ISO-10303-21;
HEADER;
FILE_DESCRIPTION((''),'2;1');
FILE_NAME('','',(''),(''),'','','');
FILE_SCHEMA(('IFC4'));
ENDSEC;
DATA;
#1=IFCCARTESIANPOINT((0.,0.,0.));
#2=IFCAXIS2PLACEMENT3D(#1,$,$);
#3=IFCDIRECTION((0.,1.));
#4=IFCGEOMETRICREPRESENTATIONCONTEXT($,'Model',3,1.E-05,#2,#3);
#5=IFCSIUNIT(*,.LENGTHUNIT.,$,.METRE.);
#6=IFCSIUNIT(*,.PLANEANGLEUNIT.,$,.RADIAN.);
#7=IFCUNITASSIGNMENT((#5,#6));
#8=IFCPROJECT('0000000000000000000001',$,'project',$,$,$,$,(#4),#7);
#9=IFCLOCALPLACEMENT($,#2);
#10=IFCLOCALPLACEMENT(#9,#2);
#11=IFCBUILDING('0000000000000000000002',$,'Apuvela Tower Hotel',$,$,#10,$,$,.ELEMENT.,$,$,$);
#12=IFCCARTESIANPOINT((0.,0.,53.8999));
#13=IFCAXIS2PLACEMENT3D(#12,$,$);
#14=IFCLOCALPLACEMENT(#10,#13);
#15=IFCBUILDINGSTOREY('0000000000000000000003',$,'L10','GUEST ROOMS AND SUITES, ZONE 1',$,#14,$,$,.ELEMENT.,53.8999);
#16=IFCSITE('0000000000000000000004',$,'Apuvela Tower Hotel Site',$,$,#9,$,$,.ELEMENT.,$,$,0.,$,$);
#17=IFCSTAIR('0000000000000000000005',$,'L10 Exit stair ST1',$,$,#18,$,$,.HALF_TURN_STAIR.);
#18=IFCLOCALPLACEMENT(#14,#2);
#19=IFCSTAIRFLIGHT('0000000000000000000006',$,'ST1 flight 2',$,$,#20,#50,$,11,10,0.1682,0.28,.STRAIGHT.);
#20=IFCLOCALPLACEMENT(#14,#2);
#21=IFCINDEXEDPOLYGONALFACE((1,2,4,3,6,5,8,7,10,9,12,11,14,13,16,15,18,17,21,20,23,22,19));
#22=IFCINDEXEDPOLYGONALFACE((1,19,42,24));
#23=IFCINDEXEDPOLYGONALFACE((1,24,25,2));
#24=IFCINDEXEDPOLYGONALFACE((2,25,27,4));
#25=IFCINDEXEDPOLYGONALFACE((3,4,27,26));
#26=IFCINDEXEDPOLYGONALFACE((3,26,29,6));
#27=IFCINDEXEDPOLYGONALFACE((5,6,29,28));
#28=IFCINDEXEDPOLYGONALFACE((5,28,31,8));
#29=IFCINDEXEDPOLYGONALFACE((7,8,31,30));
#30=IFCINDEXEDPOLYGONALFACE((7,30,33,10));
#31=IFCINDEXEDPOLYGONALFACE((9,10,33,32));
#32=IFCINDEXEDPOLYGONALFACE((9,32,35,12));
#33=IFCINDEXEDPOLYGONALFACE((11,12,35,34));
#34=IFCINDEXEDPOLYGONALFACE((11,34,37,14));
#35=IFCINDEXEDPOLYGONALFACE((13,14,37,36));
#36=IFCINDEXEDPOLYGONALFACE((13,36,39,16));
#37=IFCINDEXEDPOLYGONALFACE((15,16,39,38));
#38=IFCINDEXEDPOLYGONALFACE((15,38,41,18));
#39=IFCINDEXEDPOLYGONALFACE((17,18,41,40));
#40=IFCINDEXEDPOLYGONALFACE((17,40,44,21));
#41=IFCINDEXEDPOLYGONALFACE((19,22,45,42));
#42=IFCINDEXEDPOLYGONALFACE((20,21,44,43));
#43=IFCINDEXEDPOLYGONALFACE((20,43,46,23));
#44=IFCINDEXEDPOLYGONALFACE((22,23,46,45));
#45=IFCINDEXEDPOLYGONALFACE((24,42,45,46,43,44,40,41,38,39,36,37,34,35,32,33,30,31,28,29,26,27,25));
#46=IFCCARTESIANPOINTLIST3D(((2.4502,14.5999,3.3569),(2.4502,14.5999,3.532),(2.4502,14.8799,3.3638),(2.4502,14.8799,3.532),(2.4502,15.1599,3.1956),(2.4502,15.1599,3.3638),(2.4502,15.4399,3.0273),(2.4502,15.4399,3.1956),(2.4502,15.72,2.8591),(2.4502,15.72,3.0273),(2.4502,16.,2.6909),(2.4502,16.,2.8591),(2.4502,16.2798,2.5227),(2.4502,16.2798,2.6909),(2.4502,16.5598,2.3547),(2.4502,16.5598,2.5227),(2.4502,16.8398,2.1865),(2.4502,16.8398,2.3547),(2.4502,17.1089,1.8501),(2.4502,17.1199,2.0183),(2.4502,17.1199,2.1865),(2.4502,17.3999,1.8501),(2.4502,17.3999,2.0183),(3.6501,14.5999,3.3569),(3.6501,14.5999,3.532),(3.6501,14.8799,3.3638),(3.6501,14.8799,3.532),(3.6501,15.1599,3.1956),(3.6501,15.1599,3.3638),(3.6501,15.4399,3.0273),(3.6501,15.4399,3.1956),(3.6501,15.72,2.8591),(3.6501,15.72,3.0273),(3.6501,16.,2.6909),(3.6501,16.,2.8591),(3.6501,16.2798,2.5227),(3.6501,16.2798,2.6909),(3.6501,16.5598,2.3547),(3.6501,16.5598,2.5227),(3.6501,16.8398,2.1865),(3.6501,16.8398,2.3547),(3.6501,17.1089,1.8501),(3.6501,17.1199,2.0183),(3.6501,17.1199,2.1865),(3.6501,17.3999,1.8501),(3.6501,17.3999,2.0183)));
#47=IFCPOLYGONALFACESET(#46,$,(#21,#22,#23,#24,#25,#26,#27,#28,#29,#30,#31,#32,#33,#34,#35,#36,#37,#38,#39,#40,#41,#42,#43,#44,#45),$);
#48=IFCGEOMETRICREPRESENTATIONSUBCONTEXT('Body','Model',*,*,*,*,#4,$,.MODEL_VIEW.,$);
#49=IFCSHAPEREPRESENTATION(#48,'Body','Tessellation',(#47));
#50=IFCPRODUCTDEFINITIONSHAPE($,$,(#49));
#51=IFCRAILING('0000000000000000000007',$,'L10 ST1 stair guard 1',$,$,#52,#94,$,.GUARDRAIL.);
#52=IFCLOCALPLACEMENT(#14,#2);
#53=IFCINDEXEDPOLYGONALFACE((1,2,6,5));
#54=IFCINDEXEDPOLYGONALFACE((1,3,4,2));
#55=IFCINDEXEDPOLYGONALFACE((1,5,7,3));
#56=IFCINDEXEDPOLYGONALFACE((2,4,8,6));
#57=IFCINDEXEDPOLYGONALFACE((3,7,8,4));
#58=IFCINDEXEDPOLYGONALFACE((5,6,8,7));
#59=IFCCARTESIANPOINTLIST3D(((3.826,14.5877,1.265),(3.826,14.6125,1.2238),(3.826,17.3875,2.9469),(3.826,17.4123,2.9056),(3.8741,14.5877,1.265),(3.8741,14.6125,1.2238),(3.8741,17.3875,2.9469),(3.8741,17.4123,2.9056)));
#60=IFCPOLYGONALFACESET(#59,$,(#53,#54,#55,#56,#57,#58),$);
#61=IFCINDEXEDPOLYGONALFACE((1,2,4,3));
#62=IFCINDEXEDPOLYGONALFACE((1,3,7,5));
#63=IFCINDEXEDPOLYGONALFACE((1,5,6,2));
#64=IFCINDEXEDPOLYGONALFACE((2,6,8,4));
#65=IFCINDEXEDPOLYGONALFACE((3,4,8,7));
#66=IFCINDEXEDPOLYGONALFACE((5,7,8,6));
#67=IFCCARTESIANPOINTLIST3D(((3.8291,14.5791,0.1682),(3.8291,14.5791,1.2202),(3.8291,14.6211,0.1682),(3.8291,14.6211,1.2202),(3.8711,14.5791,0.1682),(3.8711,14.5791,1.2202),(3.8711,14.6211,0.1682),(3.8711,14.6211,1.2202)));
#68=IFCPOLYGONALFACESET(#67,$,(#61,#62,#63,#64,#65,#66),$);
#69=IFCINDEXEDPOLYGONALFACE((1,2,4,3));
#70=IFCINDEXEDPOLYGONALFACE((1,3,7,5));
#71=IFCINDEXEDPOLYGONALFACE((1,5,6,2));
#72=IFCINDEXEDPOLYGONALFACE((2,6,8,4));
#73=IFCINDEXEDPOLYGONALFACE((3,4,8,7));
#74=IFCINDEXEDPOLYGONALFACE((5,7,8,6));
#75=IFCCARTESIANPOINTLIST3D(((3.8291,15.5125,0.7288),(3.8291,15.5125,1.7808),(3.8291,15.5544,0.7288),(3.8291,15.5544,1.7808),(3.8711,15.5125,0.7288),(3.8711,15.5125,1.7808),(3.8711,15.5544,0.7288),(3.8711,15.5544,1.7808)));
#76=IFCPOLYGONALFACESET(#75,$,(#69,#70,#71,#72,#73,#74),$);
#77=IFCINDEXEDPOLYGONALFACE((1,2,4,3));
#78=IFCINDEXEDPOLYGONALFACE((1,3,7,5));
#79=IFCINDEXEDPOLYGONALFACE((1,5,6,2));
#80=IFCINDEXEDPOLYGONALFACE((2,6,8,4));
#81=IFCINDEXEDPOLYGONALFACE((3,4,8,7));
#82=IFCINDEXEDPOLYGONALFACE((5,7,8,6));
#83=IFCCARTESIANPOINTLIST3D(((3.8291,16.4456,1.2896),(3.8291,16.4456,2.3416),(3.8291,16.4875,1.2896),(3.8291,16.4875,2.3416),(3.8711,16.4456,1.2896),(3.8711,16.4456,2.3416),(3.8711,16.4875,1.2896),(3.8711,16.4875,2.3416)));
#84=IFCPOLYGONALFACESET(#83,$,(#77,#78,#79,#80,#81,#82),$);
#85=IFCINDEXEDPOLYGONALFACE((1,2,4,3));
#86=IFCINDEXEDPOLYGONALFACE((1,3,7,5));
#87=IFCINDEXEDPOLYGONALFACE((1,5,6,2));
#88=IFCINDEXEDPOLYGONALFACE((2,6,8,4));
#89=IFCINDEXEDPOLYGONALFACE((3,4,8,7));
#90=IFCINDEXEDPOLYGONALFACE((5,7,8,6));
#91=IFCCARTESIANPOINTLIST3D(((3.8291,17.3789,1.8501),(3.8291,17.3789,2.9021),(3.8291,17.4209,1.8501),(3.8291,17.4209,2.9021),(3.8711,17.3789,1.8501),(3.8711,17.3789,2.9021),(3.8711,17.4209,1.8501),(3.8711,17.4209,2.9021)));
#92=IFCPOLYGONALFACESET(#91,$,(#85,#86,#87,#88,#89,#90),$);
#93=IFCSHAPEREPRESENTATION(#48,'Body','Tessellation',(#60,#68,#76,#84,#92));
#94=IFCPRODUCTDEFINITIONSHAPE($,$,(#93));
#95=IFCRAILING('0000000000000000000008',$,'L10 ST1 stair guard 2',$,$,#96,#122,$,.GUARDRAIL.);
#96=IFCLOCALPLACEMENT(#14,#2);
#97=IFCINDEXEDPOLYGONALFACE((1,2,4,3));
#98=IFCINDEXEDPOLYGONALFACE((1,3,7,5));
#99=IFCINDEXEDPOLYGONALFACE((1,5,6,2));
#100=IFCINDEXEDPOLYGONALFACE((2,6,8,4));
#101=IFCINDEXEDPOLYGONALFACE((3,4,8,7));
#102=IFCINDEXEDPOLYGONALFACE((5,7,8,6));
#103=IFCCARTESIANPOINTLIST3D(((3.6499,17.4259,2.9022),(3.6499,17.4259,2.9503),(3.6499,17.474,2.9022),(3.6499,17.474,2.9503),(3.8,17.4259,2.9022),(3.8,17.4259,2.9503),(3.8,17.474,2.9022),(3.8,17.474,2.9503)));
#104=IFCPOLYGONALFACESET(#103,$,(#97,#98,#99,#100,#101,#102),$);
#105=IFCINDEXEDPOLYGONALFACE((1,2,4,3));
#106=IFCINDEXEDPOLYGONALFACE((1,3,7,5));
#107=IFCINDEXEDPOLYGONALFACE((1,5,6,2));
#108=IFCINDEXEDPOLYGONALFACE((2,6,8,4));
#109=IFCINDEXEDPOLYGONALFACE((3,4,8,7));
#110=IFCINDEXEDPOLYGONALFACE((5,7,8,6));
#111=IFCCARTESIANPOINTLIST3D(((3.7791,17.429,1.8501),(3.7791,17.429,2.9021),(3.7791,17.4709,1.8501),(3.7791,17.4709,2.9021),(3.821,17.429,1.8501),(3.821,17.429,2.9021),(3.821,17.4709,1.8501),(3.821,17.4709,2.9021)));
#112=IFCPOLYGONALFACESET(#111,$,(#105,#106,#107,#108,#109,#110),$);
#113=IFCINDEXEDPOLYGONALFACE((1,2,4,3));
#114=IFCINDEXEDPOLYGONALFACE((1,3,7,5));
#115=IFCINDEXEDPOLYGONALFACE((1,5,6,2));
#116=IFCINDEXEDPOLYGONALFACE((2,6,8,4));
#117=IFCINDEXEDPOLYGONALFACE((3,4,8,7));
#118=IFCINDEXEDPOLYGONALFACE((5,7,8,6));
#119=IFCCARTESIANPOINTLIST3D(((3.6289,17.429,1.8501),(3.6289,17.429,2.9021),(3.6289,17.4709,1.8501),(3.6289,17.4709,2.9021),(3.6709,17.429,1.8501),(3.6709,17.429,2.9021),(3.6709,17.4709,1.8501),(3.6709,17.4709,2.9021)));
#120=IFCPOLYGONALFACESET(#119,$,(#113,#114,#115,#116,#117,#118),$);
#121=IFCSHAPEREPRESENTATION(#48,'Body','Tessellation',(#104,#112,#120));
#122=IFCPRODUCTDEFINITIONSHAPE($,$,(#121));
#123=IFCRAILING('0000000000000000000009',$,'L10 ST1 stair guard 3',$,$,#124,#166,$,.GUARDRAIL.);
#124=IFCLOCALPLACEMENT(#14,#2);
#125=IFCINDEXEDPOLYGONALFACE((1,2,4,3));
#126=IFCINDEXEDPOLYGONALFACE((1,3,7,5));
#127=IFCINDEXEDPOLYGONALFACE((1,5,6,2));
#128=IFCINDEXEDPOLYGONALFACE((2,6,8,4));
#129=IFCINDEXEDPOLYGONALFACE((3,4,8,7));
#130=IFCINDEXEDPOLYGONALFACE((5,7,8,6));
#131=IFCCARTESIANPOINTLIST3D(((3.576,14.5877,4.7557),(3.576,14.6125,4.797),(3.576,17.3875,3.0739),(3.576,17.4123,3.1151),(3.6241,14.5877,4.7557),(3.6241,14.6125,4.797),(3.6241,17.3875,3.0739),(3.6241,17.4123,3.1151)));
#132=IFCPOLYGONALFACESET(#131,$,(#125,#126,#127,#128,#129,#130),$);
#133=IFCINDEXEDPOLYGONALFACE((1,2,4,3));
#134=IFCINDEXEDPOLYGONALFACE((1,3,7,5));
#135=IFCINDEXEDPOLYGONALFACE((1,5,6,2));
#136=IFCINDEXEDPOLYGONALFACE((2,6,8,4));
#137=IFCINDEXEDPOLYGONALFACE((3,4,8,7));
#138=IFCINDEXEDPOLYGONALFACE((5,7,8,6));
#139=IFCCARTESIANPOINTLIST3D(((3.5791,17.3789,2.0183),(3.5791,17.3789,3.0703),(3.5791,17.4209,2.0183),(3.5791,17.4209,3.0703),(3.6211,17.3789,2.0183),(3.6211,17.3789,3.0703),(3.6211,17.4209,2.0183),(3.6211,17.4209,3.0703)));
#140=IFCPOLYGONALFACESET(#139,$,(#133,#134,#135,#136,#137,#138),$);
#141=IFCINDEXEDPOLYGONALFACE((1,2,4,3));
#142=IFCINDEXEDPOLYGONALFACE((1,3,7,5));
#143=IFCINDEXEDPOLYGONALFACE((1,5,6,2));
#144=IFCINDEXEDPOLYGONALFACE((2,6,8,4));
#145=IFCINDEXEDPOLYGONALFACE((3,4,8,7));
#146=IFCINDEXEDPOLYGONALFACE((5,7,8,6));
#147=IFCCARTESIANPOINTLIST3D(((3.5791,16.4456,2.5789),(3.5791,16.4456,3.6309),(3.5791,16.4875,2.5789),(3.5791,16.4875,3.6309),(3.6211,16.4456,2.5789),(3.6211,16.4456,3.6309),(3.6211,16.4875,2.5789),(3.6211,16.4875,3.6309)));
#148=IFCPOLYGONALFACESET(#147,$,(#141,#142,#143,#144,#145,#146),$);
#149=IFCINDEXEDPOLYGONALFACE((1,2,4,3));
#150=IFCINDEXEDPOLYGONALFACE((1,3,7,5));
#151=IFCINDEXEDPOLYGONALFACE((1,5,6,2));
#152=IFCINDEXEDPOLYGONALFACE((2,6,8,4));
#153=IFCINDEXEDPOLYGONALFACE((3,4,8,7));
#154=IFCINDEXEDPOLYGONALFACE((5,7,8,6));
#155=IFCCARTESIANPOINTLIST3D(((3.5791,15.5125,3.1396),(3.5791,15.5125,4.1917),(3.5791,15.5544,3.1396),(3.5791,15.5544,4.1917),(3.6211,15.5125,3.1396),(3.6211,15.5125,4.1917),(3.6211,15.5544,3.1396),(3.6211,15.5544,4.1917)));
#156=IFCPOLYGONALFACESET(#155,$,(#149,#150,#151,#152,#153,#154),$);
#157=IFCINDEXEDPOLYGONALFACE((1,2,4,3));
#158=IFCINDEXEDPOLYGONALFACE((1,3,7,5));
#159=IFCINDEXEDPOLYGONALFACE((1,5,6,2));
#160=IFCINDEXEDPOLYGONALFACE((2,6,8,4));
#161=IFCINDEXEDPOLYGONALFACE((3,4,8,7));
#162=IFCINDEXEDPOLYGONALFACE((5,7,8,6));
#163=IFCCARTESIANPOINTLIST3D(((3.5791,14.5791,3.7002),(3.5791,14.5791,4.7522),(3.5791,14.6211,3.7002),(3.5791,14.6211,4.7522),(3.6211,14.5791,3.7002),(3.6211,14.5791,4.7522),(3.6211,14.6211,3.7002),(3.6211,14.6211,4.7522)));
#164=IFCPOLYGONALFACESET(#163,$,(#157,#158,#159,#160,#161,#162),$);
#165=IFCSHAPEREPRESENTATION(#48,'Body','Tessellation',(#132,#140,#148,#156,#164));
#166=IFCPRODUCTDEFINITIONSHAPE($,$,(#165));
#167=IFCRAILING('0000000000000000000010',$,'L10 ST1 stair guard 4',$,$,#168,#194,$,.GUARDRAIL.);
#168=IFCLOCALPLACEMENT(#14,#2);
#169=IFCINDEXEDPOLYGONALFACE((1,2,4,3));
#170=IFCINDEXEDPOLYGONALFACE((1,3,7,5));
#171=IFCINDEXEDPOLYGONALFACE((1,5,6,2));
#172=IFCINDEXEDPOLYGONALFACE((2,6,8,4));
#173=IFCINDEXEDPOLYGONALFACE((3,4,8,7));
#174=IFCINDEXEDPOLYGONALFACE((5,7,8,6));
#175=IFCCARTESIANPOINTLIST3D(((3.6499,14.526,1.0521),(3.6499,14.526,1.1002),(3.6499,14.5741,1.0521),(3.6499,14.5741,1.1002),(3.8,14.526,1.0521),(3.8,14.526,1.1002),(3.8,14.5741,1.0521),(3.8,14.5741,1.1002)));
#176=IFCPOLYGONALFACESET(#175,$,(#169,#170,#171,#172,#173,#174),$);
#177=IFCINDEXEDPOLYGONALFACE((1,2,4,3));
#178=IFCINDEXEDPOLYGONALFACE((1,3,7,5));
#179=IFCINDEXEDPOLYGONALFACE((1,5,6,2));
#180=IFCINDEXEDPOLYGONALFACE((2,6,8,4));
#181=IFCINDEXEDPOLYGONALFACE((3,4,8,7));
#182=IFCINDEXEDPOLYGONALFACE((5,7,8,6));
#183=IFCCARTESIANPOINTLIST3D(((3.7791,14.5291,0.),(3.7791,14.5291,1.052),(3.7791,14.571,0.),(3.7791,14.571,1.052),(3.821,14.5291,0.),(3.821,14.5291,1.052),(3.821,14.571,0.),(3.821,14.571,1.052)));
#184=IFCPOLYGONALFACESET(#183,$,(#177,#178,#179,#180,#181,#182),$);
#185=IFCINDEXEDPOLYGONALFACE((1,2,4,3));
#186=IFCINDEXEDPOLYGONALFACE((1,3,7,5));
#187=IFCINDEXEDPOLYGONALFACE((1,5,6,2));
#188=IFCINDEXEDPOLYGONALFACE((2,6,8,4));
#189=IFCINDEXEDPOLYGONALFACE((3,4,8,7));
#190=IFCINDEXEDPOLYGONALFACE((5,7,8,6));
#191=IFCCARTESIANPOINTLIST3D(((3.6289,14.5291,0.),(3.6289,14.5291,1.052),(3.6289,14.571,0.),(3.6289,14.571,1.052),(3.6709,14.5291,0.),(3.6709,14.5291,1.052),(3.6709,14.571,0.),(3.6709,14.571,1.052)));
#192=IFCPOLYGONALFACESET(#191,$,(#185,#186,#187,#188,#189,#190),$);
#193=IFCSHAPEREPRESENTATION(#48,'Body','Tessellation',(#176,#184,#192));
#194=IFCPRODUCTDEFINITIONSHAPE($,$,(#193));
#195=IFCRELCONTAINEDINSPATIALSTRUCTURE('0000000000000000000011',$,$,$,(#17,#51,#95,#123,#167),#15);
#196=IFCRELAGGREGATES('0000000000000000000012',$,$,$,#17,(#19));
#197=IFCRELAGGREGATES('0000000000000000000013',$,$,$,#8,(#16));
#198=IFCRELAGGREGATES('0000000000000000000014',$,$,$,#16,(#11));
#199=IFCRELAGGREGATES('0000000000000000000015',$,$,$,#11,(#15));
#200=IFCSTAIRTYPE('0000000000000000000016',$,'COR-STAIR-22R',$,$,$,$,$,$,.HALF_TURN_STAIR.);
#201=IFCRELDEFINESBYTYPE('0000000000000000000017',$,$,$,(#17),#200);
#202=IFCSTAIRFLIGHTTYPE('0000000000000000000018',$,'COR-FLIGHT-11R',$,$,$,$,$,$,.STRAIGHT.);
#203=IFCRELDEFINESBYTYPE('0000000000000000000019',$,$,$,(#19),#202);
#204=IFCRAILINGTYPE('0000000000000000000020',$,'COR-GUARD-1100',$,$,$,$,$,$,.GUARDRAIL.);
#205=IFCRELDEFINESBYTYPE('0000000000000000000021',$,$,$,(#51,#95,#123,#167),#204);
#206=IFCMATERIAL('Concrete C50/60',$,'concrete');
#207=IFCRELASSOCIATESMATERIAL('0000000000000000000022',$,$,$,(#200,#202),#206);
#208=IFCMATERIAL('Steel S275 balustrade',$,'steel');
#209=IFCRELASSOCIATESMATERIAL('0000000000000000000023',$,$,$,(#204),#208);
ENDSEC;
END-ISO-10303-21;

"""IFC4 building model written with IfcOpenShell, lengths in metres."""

from ifc_helpers import new_model, si_unit, direction, frame, origin, origin_2d, place, context, subcontext, project, spatial, polyline, rectangle, outline, extrude, material, type_object, element, aggregate, save


model = new_model("IFC4")

# Units and contexts
model_context = context("Model", 3, precision=1e-05, world=origin(), true_north=direction((0.0, 1.0)))
body_context = subcontext(model_context, "Body", "Model", "MODEL_VIEW")
ifc_project = project(units=[si_unit("LENGTHUNIT", "METRE"), si_unit("PLANEANGLEUNIT", "RADIAN")], contexts=[model_context])

# Site, building, storey
site_placement = place(None, origin())
site = spatial("IfcSite", under=ifc_project, at=site_placement, Name="Apuvela Tower Hotel Site", CompositionType="ELEMENT", RefElevation=0.0)
building_placement = place(site_placement, origin())
building = spatial("IfcBuilding", under=site, at=building_placement, Name="Apuvela Tower Hotel", CompositionType="ELEMENT")
storey_placement = place(building_placement, frame((0.0, 0.0, 53.8999)))
storey = spatial("IfcBuildingStorey", under=building, at=storey_placement, Name="L10", Description="GUEST ROOMS AND SUITES, ZONE 1", CompositionType="ELEMENT", Elevation=53.8999)

# Shared definitions
ifc_material_1 = material(Name="Concrete C50/60", Category="concrete")

# Stair, stair flight
stair_type = type_object("IfcStairType", Name="COR-STAIR-22R", PredefinedType="HALF_TURN_STAIR", material=ifc_material_1)
stair_placement = place(storey_placement, origin())
stair = element("IfcStair", 1, at=stair_placement, inside=storey, type_object=stair_type, Name="L10 Exit stair ST1", PredefinedType="HALF_TURN_STAIR")
stair_flight_type = type_object("IfcStairFlightType", Name="COR-FLIGHT-11R", PredefinedType="STRAIGHT", material=ifc_material_1)
stair_flight_1_placement = place(storey_placement, frame((3.05, 17.3999, 1.8501), z_axis=(0.0, 0.0, 1.0), x_axis=(0.0, -1.0, 0.0)))
stair_flight_1 = element("IfcStairFlight", 2, at=stair_flight_1_placement, type_object=stair_flight_type, Name="ST1 flight 2", NumberOfRisers=11, NumberOfTreads=10, PredefinedType="STRAIGHT", RiserHeight=0.1682, TreadLength=0.28, context=body_context, shape_type="SweptSolid", body=[
    extrude(outline(polyline([(0.0, 0.0), (0.0, 0.1682), (0.28, 0.1682), (0.28, 0.3364), (0.5601, 0.3364), (0.5601, 0.5046), (0.8401, 0.5046), (0.8401, 0.6726), (1.1201, 0.6726), (1.1201, 0.8408), (1.3999, 0.8408), (1.3999, 1.009), (1.6799, 1.009), (1.6799, 1.1772), (1.96, 1.1772), (1.96, 1.3455), (2.24, 1.3455), (2.24, 1.5137), (2.52, 1.5137), (2.52, 1.6819), (2.8, 1.6819), (2.8, 1.8501), (2.8, 1.5068), (0.291, 0.0), (0.0, 0.0)])), frame((0.0, 0.6001, 0.0), z_axis=(0.0, -1.0, 0.0), x_axis=(1.0, 0.0, 0.0)), (0.0, 0.0, 1.0), 1.2),
])
aggregate(stair, [stair_flight_1])

# Railings
ifc_material_2 = material(Name="Steel S275 balustrade", Category="steel")
railing_type_1 = type_object("IfcRailingType", Name="COR-GUARD-1100", PredefinedType="GUARDRAIL", material=ifc_material_2)
railing_1_placement = place(storey_placement, frame((3.8501, 14.6001, 0.1682)))
element("IfcRailing", 3, at=railing_1_placement, inside=storey, type_object=railing_type_1, Name="L10 ST1 stair guard 1", PredefinedType="GUARDRAIL", context=body_context, shape_type="SweptSolid", body=[
    extrude(rectangle(XDim=0.0481, YDim=0.0481, at=origin_2d()), frame((0.0, 0.0, 1.0762), z_axis=(0.0, 0.857222, 0.514946), x_axis=(-1.0, 0.0, 0.0)), (0.0, 0.0, 1.0), 3.2661),
    extrude(rectangle(XDim=0.042, YDim=0.042, at=origin_2d()), origin(), (0.0, 0.0, 1.0), 1.052),
    extrude(rectangle(XDim=0.042, YDim=0.042, at=origin_2d()), frame((0.0, 0.9333, 0.5605)), (0.0, 0.0, 1.0), 1.052),
    extrude(rectangle(XDim=0.042, YDim=0.042, at=origin_2d()), frame((0.0, 1.8665, 1.1213)), (0.0, 0.0, 1.0), 1.052),
    extrude(rectangle(XDim=0.042, YDim=0.042, at=origin_2d()), frame((0.0, 2.7998, 1.6819)), (0.0, 0.0, 1.0), 1.052),
])
railing_2_placement = place(storey_placement, frame((3.8, 17.45, 1.8501)))
element("IfcRailing", 4, at=railing_2_placement, inside=storey, type_object=railing_type_1, Name="L10 ST1 stair guard 2", PredefinedType="GUARDRAIL", context=body_context, shape_type="SweptSolid", body=[
    extrude(rectangle(XDim=0.0481, YDim=0.0481, at=origin_2d()), frame((0.0, 0.0, 1.0762), z_axis=(-1.0, 0.0, 0.0), x_axis=(0.0, -1.0, 0.0)), (0.0, 0.0, 1.0), 0.1501),
    extrude(rectangle(XDim=0.042, YDim=0.042, at=origin_2d()), origin(), (0.0, 0.0, 1.0), 1.052),
    extrude(rectangle(XDim=0.042, YDim=0.042, at=origin_2d()), frame((-0.1501, 0.0, 0.0)), (0.0, 0.0, 1.0), 1.052),
])
railing_3_placement = place(storey_placement, frame((3.6001, 17.3999, 2.0183)))
element("IfcRailing", 5, at=railing_3_placement, inside=storey, type_object=railing_type_1, Name="L10 ST1 stair guard 3", PredefinedType="GUARDRAIL", context=body_context, shape_type="SweptSolid", body=[
    extrude(rectangle(XDim=0.0481, YDim=0.0481, at=origin_2d()), frame((0.0, 0.0, 1.0762), z_axis=(0.0, -0.857222, 0.514946), x_axis=(1.0, 0.0, 0.0)), (0.0, 0.0, 1.0), 3.2661),
    extrude(rectangle(XDim=0.042, YDim=0.042, at=origin_2d()), origin(), (0.0, 0.0, 1.0), 1.052),
    extrude(rectangle(XDim=0.042, YDim=0.042, at=origin_2d()), frame((0.0, -0.9333, 0.5605)), (0.0, 0.0, 1.0), 1.052),
    extrude(rectangle(XDim=0.042, YDim=0.042, at=origin_2d()), frame((0.0, -1.8665, 1.1213)), (0.0, 0.0, 1.0), 1.052),
    extrude(rectangle(XDim=0.042, YDim=0.042, at=origin_2d()), frame((0.0, -2.7998, 1.6819)), (0.0, 0.0, 1.0), 1.052),
])
railing_4_placement = place(storey_placement, frame((3.8, 14.55, 0.0)))
element("IfcRailing", 6, at=railing_4_placement, inside=storey, type_object=railing_type_1, Name="L10 ST1 stair guard 4", PredefinedType="GUARDRAIL", context=body_context, shape_type="SweptSolid", body=[
    extrude(rectangle(XDim=0.0481, YDim=0.0481, at=origin_2d()), frame((0.0, 0.0, 1.0762), z_axis=(-1.0, 0.0, 0.0), x_axis=(0.0, -1.0, 0.0)), (0.0, 0.0, 1.0), 0.1501),
    extrude(rectangle(XDim=0.042, YDim=0.042, at=origin_2d()), origin(), (0.0, 0.0, 1.0), 1.052),
    extrude(rectangle(XDim=0.042, YDim=0.042, at=origin_2d()), frame((-0.1501, 0.0, 0.0)), (0.0, 0.0, 1.0), 1.052),
])

save(model, "model.ifc")
